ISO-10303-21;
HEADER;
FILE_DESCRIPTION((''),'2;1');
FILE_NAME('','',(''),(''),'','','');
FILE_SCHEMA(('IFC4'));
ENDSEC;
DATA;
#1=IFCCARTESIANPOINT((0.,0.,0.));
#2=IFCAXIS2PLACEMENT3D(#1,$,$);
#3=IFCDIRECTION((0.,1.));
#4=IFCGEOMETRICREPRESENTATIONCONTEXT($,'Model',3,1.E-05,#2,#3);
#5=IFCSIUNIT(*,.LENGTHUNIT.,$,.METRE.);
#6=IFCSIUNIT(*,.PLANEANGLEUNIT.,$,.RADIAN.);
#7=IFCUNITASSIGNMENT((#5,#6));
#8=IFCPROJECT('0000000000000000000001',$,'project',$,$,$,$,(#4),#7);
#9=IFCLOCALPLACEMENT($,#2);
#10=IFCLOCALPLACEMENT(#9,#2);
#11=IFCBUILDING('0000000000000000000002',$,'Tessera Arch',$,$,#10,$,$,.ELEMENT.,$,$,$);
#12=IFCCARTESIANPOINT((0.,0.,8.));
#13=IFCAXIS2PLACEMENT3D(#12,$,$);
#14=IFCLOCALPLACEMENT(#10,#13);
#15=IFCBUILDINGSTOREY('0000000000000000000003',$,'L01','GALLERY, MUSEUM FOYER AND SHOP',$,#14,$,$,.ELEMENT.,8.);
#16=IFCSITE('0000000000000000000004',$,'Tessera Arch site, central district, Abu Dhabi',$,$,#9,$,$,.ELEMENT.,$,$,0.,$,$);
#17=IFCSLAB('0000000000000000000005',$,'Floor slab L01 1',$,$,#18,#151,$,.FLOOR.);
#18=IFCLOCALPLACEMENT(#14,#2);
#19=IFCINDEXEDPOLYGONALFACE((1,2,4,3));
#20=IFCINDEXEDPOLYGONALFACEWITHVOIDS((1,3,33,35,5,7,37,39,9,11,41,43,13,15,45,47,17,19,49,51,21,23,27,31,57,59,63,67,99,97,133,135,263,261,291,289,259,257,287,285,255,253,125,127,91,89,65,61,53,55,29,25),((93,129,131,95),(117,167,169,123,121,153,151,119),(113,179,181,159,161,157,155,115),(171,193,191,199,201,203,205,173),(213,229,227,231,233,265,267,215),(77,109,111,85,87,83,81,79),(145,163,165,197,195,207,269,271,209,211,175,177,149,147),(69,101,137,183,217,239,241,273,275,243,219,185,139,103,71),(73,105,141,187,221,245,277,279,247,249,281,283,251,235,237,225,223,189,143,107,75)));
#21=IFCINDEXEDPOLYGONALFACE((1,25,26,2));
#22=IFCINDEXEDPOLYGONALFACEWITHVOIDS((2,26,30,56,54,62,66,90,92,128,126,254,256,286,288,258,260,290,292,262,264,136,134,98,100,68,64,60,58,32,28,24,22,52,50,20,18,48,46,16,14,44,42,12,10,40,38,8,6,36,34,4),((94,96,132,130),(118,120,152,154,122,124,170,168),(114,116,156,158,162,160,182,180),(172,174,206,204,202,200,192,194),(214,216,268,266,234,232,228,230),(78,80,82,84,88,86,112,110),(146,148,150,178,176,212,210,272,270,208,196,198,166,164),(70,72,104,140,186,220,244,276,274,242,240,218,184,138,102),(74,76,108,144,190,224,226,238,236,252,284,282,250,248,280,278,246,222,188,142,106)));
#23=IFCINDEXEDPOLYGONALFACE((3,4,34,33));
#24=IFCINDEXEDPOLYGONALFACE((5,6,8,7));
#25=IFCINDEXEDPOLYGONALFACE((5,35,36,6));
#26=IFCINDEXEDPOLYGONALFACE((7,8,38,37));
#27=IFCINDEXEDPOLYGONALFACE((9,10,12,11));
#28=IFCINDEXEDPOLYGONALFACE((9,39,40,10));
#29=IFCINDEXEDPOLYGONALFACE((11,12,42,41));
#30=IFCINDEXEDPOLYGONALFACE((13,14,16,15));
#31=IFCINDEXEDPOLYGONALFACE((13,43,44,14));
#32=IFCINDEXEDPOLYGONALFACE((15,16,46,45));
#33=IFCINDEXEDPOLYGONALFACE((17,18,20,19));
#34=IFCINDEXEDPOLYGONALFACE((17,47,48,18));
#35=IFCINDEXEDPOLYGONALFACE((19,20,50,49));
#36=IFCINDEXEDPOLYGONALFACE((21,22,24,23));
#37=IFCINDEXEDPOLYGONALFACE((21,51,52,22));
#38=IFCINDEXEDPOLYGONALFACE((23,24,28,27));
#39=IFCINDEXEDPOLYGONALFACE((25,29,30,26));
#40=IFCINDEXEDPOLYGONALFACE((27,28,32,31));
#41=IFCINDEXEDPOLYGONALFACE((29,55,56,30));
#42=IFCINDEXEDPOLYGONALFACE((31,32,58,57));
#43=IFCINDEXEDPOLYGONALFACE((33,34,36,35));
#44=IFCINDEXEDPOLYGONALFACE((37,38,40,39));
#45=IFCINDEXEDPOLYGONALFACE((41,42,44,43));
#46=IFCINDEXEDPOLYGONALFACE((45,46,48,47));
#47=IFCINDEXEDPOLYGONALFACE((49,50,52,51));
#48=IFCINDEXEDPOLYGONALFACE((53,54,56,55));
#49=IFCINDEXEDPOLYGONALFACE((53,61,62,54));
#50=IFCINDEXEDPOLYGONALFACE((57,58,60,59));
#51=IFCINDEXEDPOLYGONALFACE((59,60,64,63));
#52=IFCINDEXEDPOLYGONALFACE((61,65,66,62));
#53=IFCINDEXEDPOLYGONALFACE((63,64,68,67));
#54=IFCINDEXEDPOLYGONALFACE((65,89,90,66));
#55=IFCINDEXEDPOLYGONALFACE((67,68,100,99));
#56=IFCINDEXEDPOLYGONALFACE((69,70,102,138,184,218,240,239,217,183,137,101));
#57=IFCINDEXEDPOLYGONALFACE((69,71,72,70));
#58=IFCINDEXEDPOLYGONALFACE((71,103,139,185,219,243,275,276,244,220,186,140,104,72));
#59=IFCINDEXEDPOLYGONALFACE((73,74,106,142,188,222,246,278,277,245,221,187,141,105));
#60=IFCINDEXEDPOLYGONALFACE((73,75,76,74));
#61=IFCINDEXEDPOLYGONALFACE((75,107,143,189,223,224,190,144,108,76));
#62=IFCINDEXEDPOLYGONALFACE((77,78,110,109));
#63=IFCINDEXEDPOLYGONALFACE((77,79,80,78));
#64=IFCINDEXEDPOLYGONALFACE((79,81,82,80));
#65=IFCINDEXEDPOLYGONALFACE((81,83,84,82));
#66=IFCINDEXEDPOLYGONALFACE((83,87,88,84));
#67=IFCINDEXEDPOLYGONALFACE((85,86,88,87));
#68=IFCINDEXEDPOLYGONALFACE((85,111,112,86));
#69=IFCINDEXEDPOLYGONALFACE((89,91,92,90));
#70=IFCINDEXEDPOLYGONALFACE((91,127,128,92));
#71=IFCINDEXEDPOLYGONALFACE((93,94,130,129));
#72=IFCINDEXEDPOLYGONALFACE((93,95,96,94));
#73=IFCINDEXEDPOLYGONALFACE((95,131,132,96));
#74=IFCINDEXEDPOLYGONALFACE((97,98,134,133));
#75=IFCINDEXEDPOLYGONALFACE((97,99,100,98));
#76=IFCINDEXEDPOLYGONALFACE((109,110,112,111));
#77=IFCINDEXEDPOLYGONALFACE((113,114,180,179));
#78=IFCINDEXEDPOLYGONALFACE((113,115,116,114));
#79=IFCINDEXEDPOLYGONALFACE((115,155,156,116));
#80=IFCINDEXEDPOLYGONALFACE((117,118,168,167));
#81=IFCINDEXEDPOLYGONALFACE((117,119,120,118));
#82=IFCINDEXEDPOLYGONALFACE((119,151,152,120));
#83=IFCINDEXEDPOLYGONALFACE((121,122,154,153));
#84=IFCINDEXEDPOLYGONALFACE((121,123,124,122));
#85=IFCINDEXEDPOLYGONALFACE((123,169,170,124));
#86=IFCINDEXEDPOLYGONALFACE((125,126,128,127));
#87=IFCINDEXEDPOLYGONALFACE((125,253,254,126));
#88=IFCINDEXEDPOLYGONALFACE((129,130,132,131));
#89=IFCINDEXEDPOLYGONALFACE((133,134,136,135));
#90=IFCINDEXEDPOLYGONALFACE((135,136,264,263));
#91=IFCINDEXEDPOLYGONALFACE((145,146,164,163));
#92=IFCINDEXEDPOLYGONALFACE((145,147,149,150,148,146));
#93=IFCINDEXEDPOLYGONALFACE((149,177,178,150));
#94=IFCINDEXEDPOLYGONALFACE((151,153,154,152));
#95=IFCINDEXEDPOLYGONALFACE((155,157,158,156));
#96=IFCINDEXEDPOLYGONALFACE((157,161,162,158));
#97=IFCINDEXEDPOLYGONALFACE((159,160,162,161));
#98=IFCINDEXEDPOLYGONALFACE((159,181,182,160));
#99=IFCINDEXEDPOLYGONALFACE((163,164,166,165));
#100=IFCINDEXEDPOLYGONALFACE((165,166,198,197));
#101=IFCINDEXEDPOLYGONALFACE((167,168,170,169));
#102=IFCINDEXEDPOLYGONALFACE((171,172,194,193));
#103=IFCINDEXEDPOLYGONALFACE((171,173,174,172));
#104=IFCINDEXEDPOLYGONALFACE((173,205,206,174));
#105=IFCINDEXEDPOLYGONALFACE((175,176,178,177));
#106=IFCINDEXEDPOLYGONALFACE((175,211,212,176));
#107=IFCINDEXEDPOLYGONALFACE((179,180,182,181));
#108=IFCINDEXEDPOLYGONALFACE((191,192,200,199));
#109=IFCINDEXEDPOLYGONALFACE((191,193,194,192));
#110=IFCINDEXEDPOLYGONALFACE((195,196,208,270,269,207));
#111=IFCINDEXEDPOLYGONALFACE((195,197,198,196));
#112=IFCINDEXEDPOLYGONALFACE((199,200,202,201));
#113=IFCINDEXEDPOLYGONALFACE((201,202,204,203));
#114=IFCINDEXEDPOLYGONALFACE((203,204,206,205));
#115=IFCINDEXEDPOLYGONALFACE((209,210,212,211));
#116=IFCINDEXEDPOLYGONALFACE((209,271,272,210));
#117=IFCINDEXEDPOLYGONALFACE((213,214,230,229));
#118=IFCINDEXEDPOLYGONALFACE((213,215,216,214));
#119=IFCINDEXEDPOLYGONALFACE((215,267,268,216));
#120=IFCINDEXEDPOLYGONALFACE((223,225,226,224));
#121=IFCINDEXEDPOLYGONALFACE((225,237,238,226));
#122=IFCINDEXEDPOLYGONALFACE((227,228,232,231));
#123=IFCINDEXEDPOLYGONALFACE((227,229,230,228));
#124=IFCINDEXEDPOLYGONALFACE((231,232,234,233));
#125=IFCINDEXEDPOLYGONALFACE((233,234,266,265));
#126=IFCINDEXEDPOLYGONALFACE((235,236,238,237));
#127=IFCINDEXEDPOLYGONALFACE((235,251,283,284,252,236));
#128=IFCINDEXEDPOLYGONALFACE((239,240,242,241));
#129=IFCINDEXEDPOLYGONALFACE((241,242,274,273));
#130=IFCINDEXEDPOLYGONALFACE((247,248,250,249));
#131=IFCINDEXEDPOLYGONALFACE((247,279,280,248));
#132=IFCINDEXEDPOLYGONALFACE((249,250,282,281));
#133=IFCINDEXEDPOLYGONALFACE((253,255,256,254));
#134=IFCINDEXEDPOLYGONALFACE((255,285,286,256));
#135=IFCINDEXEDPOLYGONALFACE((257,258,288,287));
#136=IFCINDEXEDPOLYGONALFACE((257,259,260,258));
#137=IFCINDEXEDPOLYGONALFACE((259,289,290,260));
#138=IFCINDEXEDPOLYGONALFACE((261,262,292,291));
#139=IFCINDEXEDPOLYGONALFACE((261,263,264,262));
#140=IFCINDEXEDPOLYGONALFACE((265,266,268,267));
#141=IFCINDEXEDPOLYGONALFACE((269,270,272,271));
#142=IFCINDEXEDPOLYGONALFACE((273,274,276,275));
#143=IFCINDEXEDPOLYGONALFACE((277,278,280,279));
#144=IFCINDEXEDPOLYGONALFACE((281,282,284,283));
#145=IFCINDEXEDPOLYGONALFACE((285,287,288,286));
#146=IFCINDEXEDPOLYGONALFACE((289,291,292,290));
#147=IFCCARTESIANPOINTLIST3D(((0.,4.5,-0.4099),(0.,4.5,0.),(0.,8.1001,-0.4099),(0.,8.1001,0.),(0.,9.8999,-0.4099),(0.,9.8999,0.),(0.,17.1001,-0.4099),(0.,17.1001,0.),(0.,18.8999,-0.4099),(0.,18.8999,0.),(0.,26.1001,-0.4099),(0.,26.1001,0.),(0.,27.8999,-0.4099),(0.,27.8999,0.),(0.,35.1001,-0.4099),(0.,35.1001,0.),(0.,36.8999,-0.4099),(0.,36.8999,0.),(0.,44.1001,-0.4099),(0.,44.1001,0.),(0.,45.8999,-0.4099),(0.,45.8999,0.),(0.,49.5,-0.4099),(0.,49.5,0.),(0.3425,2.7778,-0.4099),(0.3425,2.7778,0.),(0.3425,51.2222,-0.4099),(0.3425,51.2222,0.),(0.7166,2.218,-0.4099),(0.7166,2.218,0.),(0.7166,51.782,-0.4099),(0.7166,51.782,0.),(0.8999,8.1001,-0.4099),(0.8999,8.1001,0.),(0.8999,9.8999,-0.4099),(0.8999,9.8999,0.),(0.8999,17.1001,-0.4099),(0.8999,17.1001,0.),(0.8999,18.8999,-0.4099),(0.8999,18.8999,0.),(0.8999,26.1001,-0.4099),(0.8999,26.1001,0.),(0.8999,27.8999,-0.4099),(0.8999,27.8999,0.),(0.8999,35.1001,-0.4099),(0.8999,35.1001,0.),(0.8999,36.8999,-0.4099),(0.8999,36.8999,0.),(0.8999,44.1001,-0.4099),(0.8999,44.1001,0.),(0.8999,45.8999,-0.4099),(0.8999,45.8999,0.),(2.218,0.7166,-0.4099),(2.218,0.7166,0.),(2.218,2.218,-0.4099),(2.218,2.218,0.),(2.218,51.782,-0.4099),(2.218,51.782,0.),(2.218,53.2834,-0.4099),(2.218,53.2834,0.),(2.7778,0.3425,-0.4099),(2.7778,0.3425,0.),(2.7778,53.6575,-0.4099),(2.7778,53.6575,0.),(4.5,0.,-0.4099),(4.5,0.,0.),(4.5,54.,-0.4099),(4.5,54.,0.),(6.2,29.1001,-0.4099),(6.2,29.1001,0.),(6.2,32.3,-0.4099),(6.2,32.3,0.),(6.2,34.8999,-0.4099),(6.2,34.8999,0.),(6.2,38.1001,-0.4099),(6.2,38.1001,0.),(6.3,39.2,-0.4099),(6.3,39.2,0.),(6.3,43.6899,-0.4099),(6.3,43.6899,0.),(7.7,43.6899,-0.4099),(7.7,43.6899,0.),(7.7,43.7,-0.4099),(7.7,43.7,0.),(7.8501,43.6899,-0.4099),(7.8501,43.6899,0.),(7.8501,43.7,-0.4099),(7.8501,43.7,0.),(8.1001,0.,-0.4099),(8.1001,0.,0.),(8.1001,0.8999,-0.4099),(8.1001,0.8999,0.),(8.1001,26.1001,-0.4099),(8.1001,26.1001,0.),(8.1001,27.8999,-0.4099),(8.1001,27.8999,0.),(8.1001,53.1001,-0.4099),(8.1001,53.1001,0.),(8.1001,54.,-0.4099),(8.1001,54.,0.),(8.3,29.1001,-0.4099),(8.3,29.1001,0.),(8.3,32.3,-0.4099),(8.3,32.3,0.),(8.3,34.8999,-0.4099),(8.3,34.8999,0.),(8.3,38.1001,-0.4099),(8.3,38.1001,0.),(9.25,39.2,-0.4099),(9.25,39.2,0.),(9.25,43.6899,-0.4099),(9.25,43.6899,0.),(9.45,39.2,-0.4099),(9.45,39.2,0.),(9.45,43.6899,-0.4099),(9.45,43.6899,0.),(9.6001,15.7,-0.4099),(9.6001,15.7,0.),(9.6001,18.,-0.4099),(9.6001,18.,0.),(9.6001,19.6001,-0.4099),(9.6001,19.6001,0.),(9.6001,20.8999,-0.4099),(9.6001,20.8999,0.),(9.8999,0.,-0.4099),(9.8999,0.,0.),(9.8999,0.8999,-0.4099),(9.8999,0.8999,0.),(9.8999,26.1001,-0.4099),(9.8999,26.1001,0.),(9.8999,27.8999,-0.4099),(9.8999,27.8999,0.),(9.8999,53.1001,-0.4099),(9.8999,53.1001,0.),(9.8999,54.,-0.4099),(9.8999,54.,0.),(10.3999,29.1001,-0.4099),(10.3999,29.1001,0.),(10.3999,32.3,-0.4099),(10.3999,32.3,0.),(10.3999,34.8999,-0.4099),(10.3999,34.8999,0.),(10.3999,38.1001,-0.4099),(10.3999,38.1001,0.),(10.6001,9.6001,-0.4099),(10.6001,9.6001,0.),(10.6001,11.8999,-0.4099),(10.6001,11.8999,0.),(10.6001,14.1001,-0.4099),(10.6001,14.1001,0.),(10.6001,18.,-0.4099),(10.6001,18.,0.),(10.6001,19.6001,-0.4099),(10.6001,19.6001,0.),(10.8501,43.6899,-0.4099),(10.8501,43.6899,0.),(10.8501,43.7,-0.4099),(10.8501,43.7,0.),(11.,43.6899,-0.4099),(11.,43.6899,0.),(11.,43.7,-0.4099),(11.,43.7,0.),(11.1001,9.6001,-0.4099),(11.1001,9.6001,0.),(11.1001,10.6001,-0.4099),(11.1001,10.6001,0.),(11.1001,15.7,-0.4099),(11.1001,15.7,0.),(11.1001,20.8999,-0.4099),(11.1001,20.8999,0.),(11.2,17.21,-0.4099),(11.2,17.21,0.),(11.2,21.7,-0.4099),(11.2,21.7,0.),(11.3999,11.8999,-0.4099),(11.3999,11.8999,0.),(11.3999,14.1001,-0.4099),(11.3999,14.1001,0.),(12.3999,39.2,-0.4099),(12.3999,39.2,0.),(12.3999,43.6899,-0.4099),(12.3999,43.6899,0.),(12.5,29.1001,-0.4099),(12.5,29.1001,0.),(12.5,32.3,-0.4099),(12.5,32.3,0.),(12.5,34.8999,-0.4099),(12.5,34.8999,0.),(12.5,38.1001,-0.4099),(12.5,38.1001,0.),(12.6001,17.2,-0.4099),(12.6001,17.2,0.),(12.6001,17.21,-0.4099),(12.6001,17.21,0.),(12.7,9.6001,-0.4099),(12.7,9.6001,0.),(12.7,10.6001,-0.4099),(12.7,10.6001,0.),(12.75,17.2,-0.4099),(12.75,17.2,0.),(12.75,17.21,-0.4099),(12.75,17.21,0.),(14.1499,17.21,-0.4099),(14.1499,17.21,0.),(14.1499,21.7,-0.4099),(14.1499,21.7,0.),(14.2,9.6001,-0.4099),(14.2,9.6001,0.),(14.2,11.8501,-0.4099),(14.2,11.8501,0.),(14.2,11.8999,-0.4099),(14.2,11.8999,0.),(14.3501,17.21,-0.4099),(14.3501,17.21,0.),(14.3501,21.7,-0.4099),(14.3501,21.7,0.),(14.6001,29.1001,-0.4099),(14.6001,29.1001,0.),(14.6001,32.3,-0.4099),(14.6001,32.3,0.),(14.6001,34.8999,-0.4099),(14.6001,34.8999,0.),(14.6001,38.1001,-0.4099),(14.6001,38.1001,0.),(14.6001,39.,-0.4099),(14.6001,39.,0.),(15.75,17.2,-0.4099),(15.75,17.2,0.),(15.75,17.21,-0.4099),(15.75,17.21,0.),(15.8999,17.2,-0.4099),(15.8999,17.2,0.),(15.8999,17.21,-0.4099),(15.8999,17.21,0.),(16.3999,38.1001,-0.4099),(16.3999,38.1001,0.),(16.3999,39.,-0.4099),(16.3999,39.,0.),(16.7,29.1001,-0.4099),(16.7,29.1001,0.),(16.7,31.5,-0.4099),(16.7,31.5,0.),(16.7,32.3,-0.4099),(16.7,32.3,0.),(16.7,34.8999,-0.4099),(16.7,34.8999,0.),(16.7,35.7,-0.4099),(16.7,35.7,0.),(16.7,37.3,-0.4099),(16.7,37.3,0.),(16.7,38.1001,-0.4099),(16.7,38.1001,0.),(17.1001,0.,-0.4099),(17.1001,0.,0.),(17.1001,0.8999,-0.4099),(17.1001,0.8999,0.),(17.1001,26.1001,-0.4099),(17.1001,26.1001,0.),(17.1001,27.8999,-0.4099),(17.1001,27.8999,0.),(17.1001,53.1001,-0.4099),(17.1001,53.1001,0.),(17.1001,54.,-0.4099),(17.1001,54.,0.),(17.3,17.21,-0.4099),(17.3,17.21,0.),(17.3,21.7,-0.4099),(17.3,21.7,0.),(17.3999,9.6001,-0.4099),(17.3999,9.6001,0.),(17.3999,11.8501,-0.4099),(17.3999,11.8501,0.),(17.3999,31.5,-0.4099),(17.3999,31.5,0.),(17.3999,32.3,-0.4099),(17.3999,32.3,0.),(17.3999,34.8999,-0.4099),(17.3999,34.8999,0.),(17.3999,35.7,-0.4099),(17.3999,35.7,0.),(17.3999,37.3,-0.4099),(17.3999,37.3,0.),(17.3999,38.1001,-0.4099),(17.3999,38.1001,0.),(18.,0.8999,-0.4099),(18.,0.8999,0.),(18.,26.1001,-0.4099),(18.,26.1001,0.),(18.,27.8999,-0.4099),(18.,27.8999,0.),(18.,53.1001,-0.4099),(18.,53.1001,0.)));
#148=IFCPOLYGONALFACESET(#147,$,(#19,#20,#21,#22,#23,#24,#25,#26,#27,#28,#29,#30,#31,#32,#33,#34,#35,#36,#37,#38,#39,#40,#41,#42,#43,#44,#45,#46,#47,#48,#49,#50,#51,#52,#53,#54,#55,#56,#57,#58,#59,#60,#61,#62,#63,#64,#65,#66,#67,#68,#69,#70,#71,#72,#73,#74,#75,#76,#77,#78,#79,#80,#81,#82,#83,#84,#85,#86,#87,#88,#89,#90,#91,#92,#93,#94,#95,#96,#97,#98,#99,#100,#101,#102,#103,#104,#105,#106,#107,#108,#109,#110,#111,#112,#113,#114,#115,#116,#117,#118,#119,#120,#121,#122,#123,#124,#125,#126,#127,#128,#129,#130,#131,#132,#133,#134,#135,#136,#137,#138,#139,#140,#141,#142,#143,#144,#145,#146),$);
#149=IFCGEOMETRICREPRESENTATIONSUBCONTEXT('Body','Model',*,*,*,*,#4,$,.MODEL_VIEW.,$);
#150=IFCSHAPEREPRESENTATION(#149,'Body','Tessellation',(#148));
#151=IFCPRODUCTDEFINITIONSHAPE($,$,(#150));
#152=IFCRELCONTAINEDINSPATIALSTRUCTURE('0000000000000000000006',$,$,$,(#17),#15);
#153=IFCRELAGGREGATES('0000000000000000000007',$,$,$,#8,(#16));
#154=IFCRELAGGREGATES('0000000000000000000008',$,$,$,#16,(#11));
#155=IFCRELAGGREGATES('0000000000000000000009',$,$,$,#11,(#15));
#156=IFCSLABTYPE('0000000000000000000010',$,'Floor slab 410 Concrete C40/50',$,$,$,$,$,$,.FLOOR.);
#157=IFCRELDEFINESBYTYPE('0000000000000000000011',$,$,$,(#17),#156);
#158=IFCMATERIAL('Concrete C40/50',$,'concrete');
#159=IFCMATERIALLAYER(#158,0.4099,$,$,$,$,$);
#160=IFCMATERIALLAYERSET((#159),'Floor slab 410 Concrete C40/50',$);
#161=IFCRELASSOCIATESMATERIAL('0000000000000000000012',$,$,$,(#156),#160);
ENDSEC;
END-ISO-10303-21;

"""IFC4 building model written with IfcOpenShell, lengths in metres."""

from ifc_helpers import new_model, si_unit, direction, frame, origin, place, context, subcontext, project, spatial, polyline, outline, extrude, material, layer, layer_set, type_object, element, save


model = new_model("IFC4")

# Units and contexts
model_context = context("Model", 3, precision=1e-05, world=origin(), true_north=direction((0.0, 1.0)))
body_context = subcontext(model_context, "Body", "Model", "MODEL_VIEW")
ifc_project = project(units=[si_unit("LENGTHUNIT", "METRE"), si_unit("PLANEANGLEUNIT", "RADIAN")], contexts=[model_context])

# Site, building, storey
site_placement = place(None, origin())
site = spatial("IfcSite", under=ifc_project, at=site_placement, Name="Tessera Arch site, central district, Abu Dhabi", CompositionType="ELEMENT", RefElevation=0.0)
building_placement = place(site_placement, origin())
building = spatial("IfcBuilding", under=site, at=building_placement, Name="Tessera Arch", CompositionType="ELEMENT")
storey_placement = place(building_placement, frame((0.0, 0.0, 8.0)))
storey = spatial("IfcBuildingStorey", under=building, at=storey_placement, Name="L01", Description="GALLERY, MUSEUM FOYER AND SHOP", CompositionType="ELEMENT", Elevation=8.0)

# Slab
ifc_material_1 = material(Name="Concrete C40/50", Category="concrete")
ifc_layer_1 = layer(ifc_material_1, 0.4099)
ifc_layer_set_1 = layer_set([ifc_layer_1], Name="Floor slab 410 Concrete C40/50")
slab_type_1 = type_object("IfcSlabType", Name="Floor slab 410 Concrete C40/50", PredefinedType="FLOOR", material=ifc_layer_set_1)
slab_1_placement = place(storey_placement, frame((0.0, 0.0, -0.4099)))
element("IfcSlab", 1, at=slab_1_placement, inside=storey, type_object=slab_type_1, Name="Floor slab L01 1", PredefinedType="FLOOR", context=body_context, shape_type="SweptSolid", body=[
    extrude(outline(polyline([(2.7778, 0.3425), (2.218, 0.7166), (2.218, 2.218), (0.7166, 2.218), (0.3425, 2.7778), (0.0, 4.5), (0.0, 8.1001), (0.8999, 8.1001), (0.8999, 9.8999), (0.0, 9.8999), (0.0, 17.1001), (0.8999, 17.1001), (0.8999, 18.8999), (0.0, 18.8999), (0.0, 26.1001), (0.8999, 26.1001), (0.8999, 27.8999), (0.0, 27.8999), (0.0, 35.1001), (0.8999, 35.1001), (0.8999, 36.8999), (0.0, 36.8999), (0.0, 44.1001), (0.8999, 44.1001), (0.8999, 45.8999), (0.0, 45.8999), (0.0, 49.5), (0.3425, 51.2222), (0.7166, 51.782), (2.218, 51.782), (2.218, 53.2834), (2.7778, 53.6575), (4.5, 54.0), (8.1001, 54.0), (8.1001, 53.1001), (9.8999, 53.1001), (9.8999, 54.0), (17.1001, 54.0), (17.1001, 53.1001), (18.0, 53.1001), (18.0, 27.8999), (17.1001, 27.8999), (17.1001, 26.1001), (18.0, 26.1001), (18.0, 0.8999), (17.1001, 0.8999), (17.1001, 0.0), (9.8999, 0.0), (9.8999, 0.8999), (8.1001, 0.8999), (8.1001, 0.0), (4.5, 0.0), (2.7778, 0.3425)]), holes=[polyline([(8.1001, 27.8999), (8.1001, 26.1001), (9.8999, 26.1001), (9.8999, 27.8999), (8.1001, 27.8999)]), polyline([(6.2, 32.3), (6.2, 29.1001), (8.3, 29.1001), (10.3999, 29.1001), (12.5, 29.1001), (14.6001, 29.1001), (16.7, 29.1001), (16.7, 31.5), (17.3999, 31.5), (17.3999, 32.3), (16.7, 32.3), (14.6001, 32.3), (12.5, 32.3), (10.3999, 32.3), (8.3, 32.3), (6.2, 32.3)]), polyline([(10.3999, 34.8999), (12.5, 34.8999), (14.6001, 34.8999), (16.7, 34.8999), (17.3999, 34.8999), (17.3999, 35.7), (16.7, 35.7), (16.7, 37.3), (17.3999, 37.3), (17.3999, 38.1001), (16.7, 38.1001), (16.3999, 38.1001), (16.3999, 39.0), (14.6001, 39.0), (14.6001, 38.1001), (12.5, 38.1001), (10.3999, 38.1001), (8.3, 38.1001), (6.2, 38.1001), (6.2, 34.8999), (8.3, 34.8999), (10.3999, 34.8999)]), polyline([(7.8501, 43.6899), (7.8501, 43.7), (7.7, 43.7), (7.7, 43.6899), (6.3, 43.6899), (6.3, 39.2), (9.25, 39.2), (9.25, 43.6899), (7.8501, 43.6899)]), polyline([(12.7, 10.6001), (12.7, 9.6001), (14.2, 9.6001), (17.3999, 9.6001), (17.3999, 11.8501), (14.2, 11.8501), (14.2, 11.8999), (11.3999, 11.8999), (11.3999, 14.1001), (10.6001, 14.1001), (10.6001, 11.8999), (10.6001, 9.6001), (11.1001, 9.6001), (11.1001, 10.6001), (12.7, 10.6001)]), polyline([(9.6001, 20.8999), (9.6001, 19.6001), (10.6001, 19.6001), (10.6001, 18.0), (9.6001, 18.0), (9.6001, 15.7), (11.1001, 15.7), (11.1001, 20.8999), (9.6001, 20.8999)]), polyline([(12.6001, 17.21), (12.6001, 17.2), (12.75, 17.2), (12.75, 17.21), (14.1499, 17.21), (14.1499, 21.7), (11.2, 21.7), (11.2, 17.21), (12.6001, 17.21)]), polyline([(15.75, 17.21), (15.75, 17.2), (15.8999, 17.2), (15.8999, 17.21), (17.3, 17.21), (17.3, 21.7), (14.3501, 21.7), (14.3501, 17.21), (15.75, 17.21)]), polyline([(11.0, 43.7), (10.8501, 43.7), (10.8501, 43.6899), (9.45, 43.6899), (9.45, 39.2), (12.3999, 39.2), (12.3999, 43.6899), (11.0, 43.6899), (11.0, 43.7)])]), origin(), (0.0, 0.0, 1.0), 0.4099),
])

save(model, "model.ifc")
